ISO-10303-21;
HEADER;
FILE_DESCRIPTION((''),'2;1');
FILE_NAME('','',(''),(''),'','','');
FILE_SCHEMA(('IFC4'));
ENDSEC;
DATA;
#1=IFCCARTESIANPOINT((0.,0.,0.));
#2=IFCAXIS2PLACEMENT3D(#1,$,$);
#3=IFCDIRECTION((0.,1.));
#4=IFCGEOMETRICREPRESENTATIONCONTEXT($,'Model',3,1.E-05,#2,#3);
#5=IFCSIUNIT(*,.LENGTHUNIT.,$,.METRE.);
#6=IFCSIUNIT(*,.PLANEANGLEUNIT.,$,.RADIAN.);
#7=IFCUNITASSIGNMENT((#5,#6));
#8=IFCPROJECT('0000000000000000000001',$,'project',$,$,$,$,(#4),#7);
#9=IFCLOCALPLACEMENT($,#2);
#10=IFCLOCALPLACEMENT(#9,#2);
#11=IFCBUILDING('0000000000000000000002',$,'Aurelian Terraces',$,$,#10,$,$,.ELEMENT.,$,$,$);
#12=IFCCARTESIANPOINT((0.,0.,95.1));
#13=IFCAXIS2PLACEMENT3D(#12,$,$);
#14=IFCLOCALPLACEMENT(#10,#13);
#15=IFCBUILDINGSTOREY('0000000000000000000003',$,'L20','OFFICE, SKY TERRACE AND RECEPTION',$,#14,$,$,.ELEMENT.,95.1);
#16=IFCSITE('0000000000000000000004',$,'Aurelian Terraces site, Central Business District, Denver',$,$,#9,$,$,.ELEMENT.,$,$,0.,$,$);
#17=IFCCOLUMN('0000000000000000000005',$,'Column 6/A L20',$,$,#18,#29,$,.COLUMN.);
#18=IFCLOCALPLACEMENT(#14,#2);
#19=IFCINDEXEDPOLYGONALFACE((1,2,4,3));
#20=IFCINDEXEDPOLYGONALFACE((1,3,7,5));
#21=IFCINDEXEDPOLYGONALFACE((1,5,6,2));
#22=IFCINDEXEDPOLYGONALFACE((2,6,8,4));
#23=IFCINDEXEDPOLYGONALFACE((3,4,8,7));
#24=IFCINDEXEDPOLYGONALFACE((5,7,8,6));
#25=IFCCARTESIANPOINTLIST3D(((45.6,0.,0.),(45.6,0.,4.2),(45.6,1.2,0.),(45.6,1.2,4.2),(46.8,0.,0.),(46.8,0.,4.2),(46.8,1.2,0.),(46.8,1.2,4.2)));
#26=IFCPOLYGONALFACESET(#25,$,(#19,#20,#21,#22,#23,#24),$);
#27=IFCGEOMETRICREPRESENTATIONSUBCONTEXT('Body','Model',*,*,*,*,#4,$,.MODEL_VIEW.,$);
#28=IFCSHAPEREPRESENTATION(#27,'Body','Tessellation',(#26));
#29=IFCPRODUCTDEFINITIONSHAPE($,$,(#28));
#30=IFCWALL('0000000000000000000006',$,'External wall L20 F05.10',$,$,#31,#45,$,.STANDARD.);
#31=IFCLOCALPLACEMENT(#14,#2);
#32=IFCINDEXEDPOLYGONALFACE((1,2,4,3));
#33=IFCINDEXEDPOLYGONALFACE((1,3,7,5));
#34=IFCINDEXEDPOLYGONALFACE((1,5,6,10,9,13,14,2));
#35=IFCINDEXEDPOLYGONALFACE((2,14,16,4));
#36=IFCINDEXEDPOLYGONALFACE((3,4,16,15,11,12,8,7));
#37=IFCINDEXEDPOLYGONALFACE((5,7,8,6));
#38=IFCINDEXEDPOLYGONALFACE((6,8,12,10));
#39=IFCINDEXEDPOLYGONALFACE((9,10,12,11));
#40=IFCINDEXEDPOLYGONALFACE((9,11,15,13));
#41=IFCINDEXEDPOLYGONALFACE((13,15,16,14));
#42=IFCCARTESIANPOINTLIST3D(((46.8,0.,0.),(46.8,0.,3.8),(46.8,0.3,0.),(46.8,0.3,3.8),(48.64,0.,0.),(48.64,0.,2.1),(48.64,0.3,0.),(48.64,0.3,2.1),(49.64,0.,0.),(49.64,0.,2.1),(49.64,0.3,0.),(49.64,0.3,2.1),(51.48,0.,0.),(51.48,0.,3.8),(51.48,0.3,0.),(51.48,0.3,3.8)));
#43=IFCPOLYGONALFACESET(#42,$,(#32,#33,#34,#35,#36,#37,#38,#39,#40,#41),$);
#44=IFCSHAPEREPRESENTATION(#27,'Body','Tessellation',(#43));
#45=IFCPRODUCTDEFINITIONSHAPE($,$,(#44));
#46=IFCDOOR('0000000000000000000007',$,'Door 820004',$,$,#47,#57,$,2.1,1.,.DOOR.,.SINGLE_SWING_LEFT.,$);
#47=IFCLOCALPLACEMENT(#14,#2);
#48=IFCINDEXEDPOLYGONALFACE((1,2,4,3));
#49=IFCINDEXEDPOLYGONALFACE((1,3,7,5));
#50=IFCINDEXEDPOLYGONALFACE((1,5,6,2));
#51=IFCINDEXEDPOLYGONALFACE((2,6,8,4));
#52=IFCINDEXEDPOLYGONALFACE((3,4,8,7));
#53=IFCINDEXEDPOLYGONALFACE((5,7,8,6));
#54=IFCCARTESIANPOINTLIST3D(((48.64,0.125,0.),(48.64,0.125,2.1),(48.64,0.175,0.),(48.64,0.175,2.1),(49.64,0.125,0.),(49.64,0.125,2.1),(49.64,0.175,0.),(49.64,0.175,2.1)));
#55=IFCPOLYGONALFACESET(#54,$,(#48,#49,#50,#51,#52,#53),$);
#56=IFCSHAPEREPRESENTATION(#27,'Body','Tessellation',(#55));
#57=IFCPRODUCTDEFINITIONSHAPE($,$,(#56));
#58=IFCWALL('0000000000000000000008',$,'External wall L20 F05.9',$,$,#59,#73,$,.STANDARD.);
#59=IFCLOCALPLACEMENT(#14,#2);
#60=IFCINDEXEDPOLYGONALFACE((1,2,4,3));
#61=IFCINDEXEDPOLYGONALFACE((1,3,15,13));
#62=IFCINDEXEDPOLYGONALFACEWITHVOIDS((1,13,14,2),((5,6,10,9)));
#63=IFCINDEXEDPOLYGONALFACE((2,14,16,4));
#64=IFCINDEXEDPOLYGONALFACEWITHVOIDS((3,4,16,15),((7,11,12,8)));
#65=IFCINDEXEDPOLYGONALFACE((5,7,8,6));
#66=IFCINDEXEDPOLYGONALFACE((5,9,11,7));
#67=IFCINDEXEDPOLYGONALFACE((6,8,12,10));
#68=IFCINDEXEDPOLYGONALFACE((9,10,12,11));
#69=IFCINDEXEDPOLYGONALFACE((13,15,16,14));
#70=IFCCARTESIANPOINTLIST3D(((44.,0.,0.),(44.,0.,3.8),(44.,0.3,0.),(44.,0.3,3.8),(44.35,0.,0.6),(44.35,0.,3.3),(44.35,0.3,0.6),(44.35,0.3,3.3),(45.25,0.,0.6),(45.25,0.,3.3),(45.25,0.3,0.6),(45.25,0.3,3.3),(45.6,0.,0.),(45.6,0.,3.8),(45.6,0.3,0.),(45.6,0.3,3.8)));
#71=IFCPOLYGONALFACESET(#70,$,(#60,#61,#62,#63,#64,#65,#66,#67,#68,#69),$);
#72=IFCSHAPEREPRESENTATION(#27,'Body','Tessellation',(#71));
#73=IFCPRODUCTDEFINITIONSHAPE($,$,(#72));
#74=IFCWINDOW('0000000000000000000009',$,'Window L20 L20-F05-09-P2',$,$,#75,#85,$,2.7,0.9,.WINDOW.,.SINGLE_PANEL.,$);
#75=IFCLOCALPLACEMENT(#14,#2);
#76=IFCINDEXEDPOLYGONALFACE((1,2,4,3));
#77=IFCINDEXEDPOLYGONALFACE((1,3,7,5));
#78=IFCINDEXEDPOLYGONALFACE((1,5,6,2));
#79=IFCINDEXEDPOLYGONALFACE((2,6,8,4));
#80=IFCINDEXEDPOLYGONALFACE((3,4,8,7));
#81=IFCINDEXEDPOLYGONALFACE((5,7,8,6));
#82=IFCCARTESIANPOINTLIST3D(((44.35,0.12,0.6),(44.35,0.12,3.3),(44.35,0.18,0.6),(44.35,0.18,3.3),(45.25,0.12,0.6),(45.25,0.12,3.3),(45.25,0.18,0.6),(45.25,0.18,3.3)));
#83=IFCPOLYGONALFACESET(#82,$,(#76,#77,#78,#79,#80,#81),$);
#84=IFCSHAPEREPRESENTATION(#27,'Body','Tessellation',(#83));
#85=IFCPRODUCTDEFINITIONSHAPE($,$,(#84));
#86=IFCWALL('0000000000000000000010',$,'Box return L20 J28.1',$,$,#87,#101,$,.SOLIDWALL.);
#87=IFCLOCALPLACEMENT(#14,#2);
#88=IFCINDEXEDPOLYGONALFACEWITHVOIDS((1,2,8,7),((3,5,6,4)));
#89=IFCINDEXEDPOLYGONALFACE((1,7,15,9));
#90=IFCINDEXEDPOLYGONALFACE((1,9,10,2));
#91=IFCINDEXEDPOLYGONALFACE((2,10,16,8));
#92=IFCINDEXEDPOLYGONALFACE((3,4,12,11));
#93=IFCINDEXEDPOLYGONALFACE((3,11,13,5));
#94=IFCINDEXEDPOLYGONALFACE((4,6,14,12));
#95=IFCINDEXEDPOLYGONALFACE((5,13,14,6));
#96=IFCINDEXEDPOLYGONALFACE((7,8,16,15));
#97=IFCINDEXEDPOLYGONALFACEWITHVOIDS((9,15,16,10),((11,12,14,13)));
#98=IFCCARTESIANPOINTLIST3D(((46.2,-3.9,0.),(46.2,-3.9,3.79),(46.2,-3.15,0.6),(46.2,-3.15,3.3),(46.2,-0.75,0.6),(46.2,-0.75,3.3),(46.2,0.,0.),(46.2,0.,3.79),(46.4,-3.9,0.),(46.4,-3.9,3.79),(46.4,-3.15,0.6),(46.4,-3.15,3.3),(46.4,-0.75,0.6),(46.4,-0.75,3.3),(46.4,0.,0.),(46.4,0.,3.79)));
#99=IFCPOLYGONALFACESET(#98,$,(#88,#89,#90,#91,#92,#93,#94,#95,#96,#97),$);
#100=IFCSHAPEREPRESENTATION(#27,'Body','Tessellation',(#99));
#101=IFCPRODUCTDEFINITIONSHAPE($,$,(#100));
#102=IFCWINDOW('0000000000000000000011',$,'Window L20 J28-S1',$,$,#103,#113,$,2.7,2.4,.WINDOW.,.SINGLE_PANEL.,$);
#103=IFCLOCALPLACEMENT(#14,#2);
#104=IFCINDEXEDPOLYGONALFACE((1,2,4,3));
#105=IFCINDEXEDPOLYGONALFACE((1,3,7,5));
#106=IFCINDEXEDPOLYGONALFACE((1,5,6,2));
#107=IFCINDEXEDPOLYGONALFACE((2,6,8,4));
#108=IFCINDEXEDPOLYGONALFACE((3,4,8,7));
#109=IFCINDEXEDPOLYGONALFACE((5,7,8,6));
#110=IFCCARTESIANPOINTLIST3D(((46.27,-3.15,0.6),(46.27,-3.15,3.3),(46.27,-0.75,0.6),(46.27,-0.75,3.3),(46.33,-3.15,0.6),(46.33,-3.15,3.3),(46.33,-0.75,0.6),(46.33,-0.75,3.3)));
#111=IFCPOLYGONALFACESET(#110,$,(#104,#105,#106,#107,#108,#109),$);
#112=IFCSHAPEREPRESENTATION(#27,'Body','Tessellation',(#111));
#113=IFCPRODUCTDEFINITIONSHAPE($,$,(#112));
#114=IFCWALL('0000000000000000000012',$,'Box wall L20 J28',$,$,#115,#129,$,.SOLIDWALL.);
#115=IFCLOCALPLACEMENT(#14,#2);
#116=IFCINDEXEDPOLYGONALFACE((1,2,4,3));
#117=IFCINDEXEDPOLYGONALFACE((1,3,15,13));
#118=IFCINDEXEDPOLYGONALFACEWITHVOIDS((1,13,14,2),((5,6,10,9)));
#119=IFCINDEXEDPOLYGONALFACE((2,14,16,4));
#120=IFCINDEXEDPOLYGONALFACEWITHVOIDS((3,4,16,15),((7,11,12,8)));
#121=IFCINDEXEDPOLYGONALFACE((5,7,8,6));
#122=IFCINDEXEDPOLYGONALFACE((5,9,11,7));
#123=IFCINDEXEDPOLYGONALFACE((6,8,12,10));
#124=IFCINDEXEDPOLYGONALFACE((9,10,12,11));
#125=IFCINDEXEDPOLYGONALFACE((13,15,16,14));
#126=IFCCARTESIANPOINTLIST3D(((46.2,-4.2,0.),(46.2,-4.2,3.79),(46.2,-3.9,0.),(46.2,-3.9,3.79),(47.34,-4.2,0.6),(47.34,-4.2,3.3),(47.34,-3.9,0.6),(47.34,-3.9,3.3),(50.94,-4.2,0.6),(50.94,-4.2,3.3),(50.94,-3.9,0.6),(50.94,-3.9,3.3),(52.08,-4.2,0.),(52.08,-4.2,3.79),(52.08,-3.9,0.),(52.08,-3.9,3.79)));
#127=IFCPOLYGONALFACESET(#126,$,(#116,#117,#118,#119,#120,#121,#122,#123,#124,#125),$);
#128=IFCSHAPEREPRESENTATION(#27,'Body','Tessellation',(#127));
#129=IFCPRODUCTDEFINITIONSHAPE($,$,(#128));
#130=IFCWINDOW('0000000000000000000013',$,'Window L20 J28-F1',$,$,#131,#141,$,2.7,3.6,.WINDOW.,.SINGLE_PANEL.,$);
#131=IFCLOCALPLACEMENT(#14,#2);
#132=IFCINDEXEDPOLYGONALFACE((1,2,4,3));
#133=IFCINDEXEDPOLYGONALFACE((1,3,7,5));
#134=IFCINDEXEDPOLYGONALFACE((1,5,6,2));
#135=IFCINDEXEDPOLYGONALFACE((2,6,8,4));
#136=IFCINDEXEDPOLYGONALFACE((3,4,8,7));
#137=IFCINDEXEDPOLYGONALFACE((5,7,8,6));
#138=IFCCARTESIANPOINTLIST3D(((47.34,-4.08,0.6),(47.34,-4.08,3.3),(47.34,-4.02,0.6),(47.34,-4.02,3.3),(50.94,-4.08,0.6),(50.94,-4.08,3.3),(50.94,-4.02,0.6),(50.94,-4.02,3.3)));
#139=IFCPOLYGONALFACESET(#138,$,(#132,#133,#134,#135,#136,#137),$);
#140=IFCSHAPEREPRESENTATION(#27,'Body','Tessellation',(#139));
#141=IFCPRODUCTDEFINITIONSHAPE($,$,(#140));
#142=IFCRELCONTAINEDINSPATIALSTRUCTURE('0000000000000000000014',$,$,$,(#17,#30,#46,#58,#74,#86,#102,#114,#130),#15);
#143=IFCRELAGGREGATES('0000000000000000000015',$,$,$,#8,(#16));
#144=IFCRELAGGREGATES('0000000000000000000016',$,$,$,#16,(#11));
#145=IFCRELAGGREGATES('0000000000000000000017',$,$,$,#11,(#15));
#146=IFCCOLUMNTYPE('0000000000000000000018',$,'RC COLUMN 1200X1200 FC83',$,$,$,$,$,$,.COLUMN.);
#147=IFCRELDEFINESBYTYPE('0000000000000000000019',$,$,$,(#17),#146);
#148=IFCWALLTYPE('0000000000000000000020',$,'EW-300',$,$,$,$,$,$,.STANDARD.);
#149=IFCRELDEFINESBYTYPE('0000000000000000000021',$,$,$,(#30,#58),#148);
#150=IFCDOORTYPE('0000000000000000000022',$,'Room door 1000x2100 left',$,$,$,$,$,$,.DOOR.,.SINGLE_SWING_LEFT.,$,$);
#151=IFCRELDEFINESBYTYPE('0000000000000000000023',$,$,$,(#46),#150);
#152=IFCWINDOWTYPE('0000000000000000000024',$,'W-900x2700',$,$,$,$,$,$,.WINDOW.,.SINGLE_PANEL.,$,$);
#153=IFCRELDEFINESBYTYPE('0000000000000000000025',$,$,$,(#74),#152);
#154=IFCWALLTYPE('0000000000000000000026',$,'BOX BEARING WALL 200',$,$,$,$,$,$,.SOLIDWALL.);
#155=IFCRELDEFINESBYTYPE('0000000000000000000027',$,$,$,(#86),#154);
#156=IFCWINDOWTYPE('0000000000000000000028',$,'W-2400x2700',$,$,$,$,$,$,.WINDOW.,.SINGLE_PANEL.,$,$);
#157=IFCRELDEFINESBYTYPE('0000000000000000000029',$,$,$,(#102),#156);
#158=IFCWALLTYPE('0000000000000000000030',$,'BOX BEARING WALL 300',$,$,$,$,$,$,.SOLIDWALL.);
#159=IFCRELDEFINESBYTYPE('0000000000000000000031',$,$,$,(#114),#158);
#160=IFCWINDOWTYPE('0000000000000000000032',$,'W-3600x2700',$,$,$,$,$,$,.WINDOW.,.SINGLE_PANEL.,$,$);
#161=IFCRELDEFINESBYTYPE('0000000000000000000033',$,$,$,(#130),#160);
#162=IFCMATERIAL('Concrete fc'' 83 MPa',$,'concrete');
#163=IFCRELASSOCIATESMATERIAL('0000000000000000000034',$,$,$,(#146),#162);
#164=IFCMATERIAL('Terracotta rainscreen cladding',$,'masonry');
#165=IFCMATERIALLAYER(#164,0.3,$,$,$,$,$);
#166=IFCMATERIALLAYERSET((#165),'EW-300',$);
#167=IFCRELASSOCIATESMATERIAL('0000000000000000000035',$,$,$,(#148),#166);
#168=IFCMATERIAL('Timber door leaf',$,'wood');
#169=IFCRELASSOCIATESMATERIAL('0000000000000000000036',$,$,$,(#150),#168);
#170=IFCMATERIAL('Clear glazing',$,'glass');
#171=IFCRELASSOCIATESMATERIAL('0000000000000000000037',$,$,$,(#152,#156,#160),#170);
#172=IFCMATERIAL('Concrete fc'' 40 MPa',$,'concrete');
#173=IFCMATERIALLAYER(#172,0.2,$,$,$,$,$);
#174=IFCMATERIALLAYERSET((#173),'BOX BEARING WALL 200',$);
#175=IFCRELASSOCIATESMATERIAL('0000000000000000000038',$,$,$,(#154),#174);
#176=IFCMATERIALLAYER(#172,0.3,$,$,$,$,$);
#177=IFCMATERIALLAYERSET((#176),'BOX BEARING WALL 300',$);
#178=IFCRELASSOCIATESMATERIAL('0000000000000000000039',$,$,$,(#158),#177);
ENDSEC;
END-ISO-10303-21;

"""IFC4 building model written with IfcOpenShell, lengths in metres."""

from ifc_helpers import new_model, si_unit, direction, frame, frame_2d, origin, origin_2d, place, context, subcontext, project, spatial, rectangle, extrude, source, transform, mapped, material, layer, layer_set, material_profile, profile_set, type_object, element, fill, save


model = new_model("IFC4")

# Units and contexts
model_context = context("Model", 3, precision=1e-05, world=origin(), true_north=direction((0.0, 1.0)))
body_context = subcontext(model_context, "Body", "Model", "MODEL_VIEW")
ifc_project = project(units=[si_unit("LENGTHUNIT", "METRE"), si_unit("PLANEANGLEUNIT", "RADIAN")], contexts=[model_context])

# Site, building, storey
site_placement = place(None, origin())
site = spatial("IfcSite", under=ifc_project, at=site_placement, Name="Aurelian Terraces site, Central Business District, Denver", CompositionType="ELEMENT", RefElevation=0.0)
building_placement = place(site_placement, origin())
building = spatial("IfcBuilding", under=site, at=building_placement, Name="Aurelian Terraces", CompositionType="ELEMENT")
storey_placement = place(building_placement, frame((0.0, 0.0, 95.1)))
storey = spatial("IfcBuildingStorey", under=building, at=storey_placement, Name="L20", Description="OFFICE, SKY TERRACE AND RECEPTION", CompositionType="ELEMENT", Elevation=95.1)

# Column
ifc_material_1 = material(Name="Concrete fc' 83 MPa", Category="concrete")
ifc_material_profile = material_profile(ifc_material_1, rectangle(XDim=1.2, YDim=1.2, at=origin_2d()))
ifc_profile_set = profile_set([ifc_material_profile], Name="Concrete fc' 83 MPa")
column_type = type_object("IfcColumnType", Name="RC COLUMN 1200X1200 FC83", PredefinedType="COLUMN", material=ifc_profile_set)
shared_shape_1 = source(origin(), body_context, "Body", "SweptSolid", [
    extrude(rectangle(XDim=1.2, YDim=1.2, at=origin_2d()), origin(), (0.0, 0.0, 1.0), 4.2),
])
column_placement = place(storey_placement, frame((46.2, 0.6, 0.0), z_axis=(0.0, 0.0, 1.0), x_axis=(1.0, 0.0, 0.0)))
element("IfcColumn", 1, at=column_placement, inside=storey, type_object=column_type, Name="Column 6/A L20", PredefinedType="COLUMN", context=body_context, shape_type="MappedRepresentation", body=[
    mapped(shared_shape_1, transform((0.0, 0.0, 0.0), scale=1.0)),
])

# Wall, opening, door
ifc_material_2 = material(Name="Terracotta rainscreen cladding", Category="masonry")
ifc_layer_1 = layer(ifc_material_2, 0.3)
ifc_layer_set_1 = layer_set([ifc_layer_1], Name="EW-300")
wall_type_1 = type_object("IfcWallType", Name="EW-300", PredefinedType="STANDARD", material=ifc_layer_set_1)
shared_shape_2 = source(origin(), body_context, "Body", "SweptSolid", [
    extrude(rectangle(XDim=4.68, YDim=0.3, at=frame_2d((2.34, 0.0))), origin(), (0.0, 0.0, 1.0), 3.8),
])
wall_1_placement = place(storey_placement, frame((46.8, 0.15, 0.0), z_axis=(0.0, 0.0, 1.0), x_axis=(1.0, 0.0, 0.0)))
wall_1 = element("IfcWall", 2, at=wall_1_placement, inside=storey, type_object=wall_type_1, Name="External wall L20 F05.10", PredefinedType="STANDARD", context=body_context, shape_type="MappedRepresentation", body=[
    mapped(shared_shape_2, transform((0.0, 0.0, 0.0), scale=1.0)),
])
shared_shape_3 = source(origin(), body_context, "Body", "SweptSolid", [
    extrude(rectangle(XDim=1.0, YDim=2.1, at=frame_2d((0.5, 1.05))), frame((0.0, 0.16, 0.0), z_axis=(0.0, -1.0, 0.0), x_axis=(1.0, 0.0, 0.0)), (0.0, 0.0, 1.0), 0.32),
])
opening_1_placement = place(wall_1_placement, frame((1.84, 0.0, 0.0)))
opening_1 = element("IfcOpeningElement", 3, at=opening_1_placement, cuts=wall_1, PredefinedType="OPENING", context=body_context, shape_type="MappedRepresentation", body=[
    mapped(shared_shape_3, transform((0.0, 0.0, 0.0), scale=1.0)),
])
ifc_material_3 = material(Name="Timber door leaf", Category="wood")
door_type_1 = type_object("IfcDoorType", Name="Room door 1000x2100 left", OperationType="SINGLE_SWING_LEFT", PredefinedType="DOOR", material=ifc_material_3)
shared_shape_4 = source(origin(), body_context, "Body", "SweptSolid", [
    extrude(rectangle(XDim=1.0, YDim=2.1, at=frame_2d((0.5, 1.05))), frame((0.0, 0.025, 0.0), z_axis=(0.0, -1.0, 0.0), x_axis=(1.0, 0.0, 0.0)), (0.0, 0.0, 1.0), 0.05),
])
door_1_placement = place(opening_1_placement, origin())
door_1 = element("IfcDoor", 4, at=door_1_placement, inside=storey, type_object=door_type_1, Name="Door 820004", OperationType="SINGLE_SWING_LEFT", OverallHeight=2.1, OverallWidth=1.0, PredefinedType="DOOR", context=body_context, shape_type="MappedRepresentation", body=[
    mapped(shared_shape_4, transform((0.0, 0.0, 0.0), scale=1.0)),
])
fill(opening_1, door_1)

# Walls, openings, windows
shared_shape_5 = source(origin(), body_context, "Body", "SweptSolid", [
    extrude(rectangle(XDim=1.6, YDim=0.3, at=frame_2d((0.8, 0.0))), origin(), (0.0, 0.0, 1.0), 3.8),
])
wall_2_placement = place(storey_placement, frame((44.0, 0.15, 0.0), z_axis=(0.0, 0.0, 1.0), x_axis=(1.0, 0.0, 0.0)))
wall_2 = element("IfcWall", 5, at=wall_2_placement, inside=storey, type_object=wall_type_1, Name="External wall L20 F05.9", PredefinedType="STANDARD", context=body_context, shape_type="MappedRepresentation", body=[
    mapped(shared_shape_5, transform((0.0, 0.0, 0.0), scale=1.0)),
])
shared_shape_6 = source(origin(), body_context, "Body", "SweptSolid", [
    extrude(rectangle(XDim=0.9, YDim=2.7, at=frame_2d((0.45, 1.35))), frame((0.0, 0.16, 0.0), z_axis=(0.0, -1.0, 0.0), x_axis=(1.0, 0.0, 0.0)), (0.0, 0.0, 1.0), 0.32),
])
opening_2_placement = place(wall_2_placement, frame((0.35, 0.0, 0.6)))
opening_2 = element("IfcOpeningElement", 6, at=opening_2_placement, cuts=wall_2, PredefinedType="OPENING", context=body_context, shape_type="MappedRepresentation", body=[
    mapped(shared_shape_6, transform((0.0, 0.0, 0.0), scale=1.0)),
])
ifc_material_4 = material(Name="Clear glazing", Category="glass")
window_type_1 = type_object("IfcWindowType", Name="W-900x2700", PartitioningType="SINGLE_PANEL", PredefinedType="WINDOW", material=ifc_material_4)
shared_shape_7 = source(origin(), body_context, "Body", "SweptSolid", [
    extrude(rectangle(XDim=0.9, YDim=2.7, at=frame_2d((0.45, 1.35))), frame((0.0, 0.03, 0.0), z_axis=(0.0, -1.0, 0.0), x_axis=(1.0, 0.0, 0.0)), (0.0, 0.0, 1.0), 0.06),
])
window_1_placement = place(opening_2_placement, origin())
window_1 = element("IfcWindow", 7, at=window_1_placement, inside=storey, type_object=window_type_1, Name="Window L20 L20-F05-09-P2", OverallHeight=2.7, OverallWidth=0.9, PartitioningType="SINGLE_PANEL", PredefinedType="WINDOW", context=body_context, shape_type="MappedRepresentation", body=[
    mapped(shared_shape_7, transform((0.0, 0.0, 0.0), scale=1.0)),
])
fill(opening_2, window_1)
ifc_material_5 = material(Name="Concrete fc' 40 MPa", Category="concrete")
ifc_layer_2 = layer(ifc_material_5, 0.2)
ifc_layer_set_2 = layer_set([ifc_layer_2], Name="BOX BEARING WALL 200")
wall_type_2 = type_object("IfcWallType", Name="BOX BEARING WALL 200", PredefinedType="SOLIDWALL", material=ifc_layer_set_2)
shared_shape_8 = source(origin(), body_context, "Body", "SweptSolid", [
    extrude(rectangle(XDim=3.9, YDim=0.2, at=frame_2d((1.95, 0.0))), origin(), (0.0, 0.0, 1.0), 3.79),
])
wall_3_placement = place(storey_placement, frame((46.3, 0.0, 0.0), z_axis=(0.0, 0.0, 1.0), x_axis=(0.0, -1.0, 0.0)))
wall_3 = element("IfcWall", 8, at=wall_3_placement, inside=storey, type_object=wall_type_2, Name="Box return L20 J28.1", PredefinedType="SOLIDWALL", context=body_context, shape_type="MappedRepresentation", body=[
    mapped(shared_shape_8, transform((0.0, 0.0, 0.0), scale=1.0)),
])
shared_shape_9 = source(origin(), body_context, "Body", "SweptSolid", [
    extrude(rectangle(XDim=2.4, YDim=2.7, at=frame_2d((1.2, 1.35))), frame((0.0, 0.11, 0.0), z_axis=(0.0, -1.0, 0.0), x_axis=(1.0, 0.0, 0.0)), (0.0, 0.0, 1.0), 0.22),
])
opening_3_placement = place(wall_3_placement, frame((0.75, 0.0, 0.6)))
opening_3 = element("IfcOpeningElement", 9, at=opening_3_placement, cuts=wall_3, PredefinedType="OPENING", context=body_context, shape_type="MappedRepresentation", body=[
    mapped(shared_shape_9, transform((0.0, 0.0, 0.0), scale=1.0)),
])
window_type_2 = type_object("IfcWindowType", Name="W-2400x2700", PartitioningType="SINGLE_PANEL", PredefinedType="WINDOW", material=ifc_material_4)
shared_shape_10 = source(origin(), body_context, "Body", "SweptSolid", [
    extrude(rectangle(XDim=2.4, YDim=2.7, at=frame_2d((1.2, 1.35))), frame((0.0, 0.03, 0.0), z_axis=(0.0, -1.0, 0.0), x_axis=(1.0, 0.0, 0.0)), (0.0, 0.0, 1.0), 0.06),
])
window_2_placement = place(opening_3_placement, origin())
window_2 = element("IfcWindow", 10, at=window_2_placement, inside=storey, type_object=window_type_2, Name="Window L20 J28-S1", OverallHeight=2.7, OverallWidth=2.4, PartitioningType="SINGLE_PANEL", PredefinedType="WINDOW", context=body_context, shape_type="MappedRepresentation", body=[
    mapped(shared_shape_10, transform((0.0, 0.0, 0.0), scale=1.0)),
])
fill(opening_3, window_2)
ifc_layer_3 = layer(ifc_material_5, 0.3)
ifc_layer_set_3 = layer_set([ifc_layer_3], Name="BOX BEARING WALL 300")
wall_type_3 = type_object("IfcWallType", Name="BOX BEARING WALL 300", PredefinedType="SOLIDWALL", material=ifc_layer_set_3)
shared_shape_11 = source(origin(), body_context, "Body", "SweptSolid", [
    extrude(rectangle(XDim=5.88, YDim=0.3, at=frame_2d((2.94, 0.0))), origin(), (0.0, 0.0, 1.0), 3.79),
])
wall_4_placement = place(storey_placement, frame((46.2, -4.05, 0.0), z_axis=(0.0, 0.0, 1.0), x_axis=(1.0, 0.0, 0.0)))
wall_4 = element("IfcWall", 11, at=wall_4_placement, inside=storey, type_object=wall_type_3, Name="Box wall L20 J28", PredefinedType="SOLIDWALL", context=body_context, shape_type="MappedRepresentation", body=[
    mapped(shared_shape_11, transform((0.0, 0.0, 0.0), scale=1.0)),
])
shared_shape_12 = source(origin(), body_context, "Body", "SweptSolid", [
    extrude(rectangle(XDim=3.6, YDim=2.7, at=frame_2d((1.8, 1.35))), frame((0.0, 0.16, 0.0), z_axis=(0.0, -1.0, 0.0), x_axis=(1.0, 0.0, 0.0)), (0.0, 0.0, 1.0), 0.32),
])
opening_4_placement = place(wall_4_placement, frame((1.14, 0.0, 0.6)))
opening_4 = element("IfcOpeningElement", 12, at=opening_4_placement, cuts=wall_4, PredefinedType="OPENING", context=body_context, shape_type="MappedRepresentation", body=[
    mapped(shared_shape_12, transform((0.0, 0.0, 0.0), scale=1.0)),
])
window_type_3 = type_object("IfcWindowType", Name="W-3600x2700", PartitioningType="SINGLE_PANEL", PredefinedType="WINDOW", material=ifc_material_4)
shared_shape_13 = source(origin(), body_context, "Body", "SweptSolid", [
    extrude(rectangle(XDim=3.6, YDim=2.7, at=frame_2d((1.8, 1.35))), frame((0.0, 0.03, 0.0), z_axis=(0.0, -1.0, 0.0), x_axis=(1.0, 0.0, 0.0)), (0.0, 0.0, 1.0), 0.06),
])
window_3_placement = place(opening_4_placement, origin())
window_3 = element("IfcWindow", 13, at=window_3_placement, inside=storey, type_object=window_type_3, Name="Window L20 J28-F1", OverallHeight=2.7, OverallWidth=3.6, PartitioningType="SINGLE_PANEL", PredefinedType="WINDOW", context=body_context, shape_type="MappedRepresentation", body=[
    mapped(shared_shape_13, transform((0.0, 0.0, 0.0), scale=1.0)),
])
fill(opening_4, window_3)

save(model, "model.ifc")
